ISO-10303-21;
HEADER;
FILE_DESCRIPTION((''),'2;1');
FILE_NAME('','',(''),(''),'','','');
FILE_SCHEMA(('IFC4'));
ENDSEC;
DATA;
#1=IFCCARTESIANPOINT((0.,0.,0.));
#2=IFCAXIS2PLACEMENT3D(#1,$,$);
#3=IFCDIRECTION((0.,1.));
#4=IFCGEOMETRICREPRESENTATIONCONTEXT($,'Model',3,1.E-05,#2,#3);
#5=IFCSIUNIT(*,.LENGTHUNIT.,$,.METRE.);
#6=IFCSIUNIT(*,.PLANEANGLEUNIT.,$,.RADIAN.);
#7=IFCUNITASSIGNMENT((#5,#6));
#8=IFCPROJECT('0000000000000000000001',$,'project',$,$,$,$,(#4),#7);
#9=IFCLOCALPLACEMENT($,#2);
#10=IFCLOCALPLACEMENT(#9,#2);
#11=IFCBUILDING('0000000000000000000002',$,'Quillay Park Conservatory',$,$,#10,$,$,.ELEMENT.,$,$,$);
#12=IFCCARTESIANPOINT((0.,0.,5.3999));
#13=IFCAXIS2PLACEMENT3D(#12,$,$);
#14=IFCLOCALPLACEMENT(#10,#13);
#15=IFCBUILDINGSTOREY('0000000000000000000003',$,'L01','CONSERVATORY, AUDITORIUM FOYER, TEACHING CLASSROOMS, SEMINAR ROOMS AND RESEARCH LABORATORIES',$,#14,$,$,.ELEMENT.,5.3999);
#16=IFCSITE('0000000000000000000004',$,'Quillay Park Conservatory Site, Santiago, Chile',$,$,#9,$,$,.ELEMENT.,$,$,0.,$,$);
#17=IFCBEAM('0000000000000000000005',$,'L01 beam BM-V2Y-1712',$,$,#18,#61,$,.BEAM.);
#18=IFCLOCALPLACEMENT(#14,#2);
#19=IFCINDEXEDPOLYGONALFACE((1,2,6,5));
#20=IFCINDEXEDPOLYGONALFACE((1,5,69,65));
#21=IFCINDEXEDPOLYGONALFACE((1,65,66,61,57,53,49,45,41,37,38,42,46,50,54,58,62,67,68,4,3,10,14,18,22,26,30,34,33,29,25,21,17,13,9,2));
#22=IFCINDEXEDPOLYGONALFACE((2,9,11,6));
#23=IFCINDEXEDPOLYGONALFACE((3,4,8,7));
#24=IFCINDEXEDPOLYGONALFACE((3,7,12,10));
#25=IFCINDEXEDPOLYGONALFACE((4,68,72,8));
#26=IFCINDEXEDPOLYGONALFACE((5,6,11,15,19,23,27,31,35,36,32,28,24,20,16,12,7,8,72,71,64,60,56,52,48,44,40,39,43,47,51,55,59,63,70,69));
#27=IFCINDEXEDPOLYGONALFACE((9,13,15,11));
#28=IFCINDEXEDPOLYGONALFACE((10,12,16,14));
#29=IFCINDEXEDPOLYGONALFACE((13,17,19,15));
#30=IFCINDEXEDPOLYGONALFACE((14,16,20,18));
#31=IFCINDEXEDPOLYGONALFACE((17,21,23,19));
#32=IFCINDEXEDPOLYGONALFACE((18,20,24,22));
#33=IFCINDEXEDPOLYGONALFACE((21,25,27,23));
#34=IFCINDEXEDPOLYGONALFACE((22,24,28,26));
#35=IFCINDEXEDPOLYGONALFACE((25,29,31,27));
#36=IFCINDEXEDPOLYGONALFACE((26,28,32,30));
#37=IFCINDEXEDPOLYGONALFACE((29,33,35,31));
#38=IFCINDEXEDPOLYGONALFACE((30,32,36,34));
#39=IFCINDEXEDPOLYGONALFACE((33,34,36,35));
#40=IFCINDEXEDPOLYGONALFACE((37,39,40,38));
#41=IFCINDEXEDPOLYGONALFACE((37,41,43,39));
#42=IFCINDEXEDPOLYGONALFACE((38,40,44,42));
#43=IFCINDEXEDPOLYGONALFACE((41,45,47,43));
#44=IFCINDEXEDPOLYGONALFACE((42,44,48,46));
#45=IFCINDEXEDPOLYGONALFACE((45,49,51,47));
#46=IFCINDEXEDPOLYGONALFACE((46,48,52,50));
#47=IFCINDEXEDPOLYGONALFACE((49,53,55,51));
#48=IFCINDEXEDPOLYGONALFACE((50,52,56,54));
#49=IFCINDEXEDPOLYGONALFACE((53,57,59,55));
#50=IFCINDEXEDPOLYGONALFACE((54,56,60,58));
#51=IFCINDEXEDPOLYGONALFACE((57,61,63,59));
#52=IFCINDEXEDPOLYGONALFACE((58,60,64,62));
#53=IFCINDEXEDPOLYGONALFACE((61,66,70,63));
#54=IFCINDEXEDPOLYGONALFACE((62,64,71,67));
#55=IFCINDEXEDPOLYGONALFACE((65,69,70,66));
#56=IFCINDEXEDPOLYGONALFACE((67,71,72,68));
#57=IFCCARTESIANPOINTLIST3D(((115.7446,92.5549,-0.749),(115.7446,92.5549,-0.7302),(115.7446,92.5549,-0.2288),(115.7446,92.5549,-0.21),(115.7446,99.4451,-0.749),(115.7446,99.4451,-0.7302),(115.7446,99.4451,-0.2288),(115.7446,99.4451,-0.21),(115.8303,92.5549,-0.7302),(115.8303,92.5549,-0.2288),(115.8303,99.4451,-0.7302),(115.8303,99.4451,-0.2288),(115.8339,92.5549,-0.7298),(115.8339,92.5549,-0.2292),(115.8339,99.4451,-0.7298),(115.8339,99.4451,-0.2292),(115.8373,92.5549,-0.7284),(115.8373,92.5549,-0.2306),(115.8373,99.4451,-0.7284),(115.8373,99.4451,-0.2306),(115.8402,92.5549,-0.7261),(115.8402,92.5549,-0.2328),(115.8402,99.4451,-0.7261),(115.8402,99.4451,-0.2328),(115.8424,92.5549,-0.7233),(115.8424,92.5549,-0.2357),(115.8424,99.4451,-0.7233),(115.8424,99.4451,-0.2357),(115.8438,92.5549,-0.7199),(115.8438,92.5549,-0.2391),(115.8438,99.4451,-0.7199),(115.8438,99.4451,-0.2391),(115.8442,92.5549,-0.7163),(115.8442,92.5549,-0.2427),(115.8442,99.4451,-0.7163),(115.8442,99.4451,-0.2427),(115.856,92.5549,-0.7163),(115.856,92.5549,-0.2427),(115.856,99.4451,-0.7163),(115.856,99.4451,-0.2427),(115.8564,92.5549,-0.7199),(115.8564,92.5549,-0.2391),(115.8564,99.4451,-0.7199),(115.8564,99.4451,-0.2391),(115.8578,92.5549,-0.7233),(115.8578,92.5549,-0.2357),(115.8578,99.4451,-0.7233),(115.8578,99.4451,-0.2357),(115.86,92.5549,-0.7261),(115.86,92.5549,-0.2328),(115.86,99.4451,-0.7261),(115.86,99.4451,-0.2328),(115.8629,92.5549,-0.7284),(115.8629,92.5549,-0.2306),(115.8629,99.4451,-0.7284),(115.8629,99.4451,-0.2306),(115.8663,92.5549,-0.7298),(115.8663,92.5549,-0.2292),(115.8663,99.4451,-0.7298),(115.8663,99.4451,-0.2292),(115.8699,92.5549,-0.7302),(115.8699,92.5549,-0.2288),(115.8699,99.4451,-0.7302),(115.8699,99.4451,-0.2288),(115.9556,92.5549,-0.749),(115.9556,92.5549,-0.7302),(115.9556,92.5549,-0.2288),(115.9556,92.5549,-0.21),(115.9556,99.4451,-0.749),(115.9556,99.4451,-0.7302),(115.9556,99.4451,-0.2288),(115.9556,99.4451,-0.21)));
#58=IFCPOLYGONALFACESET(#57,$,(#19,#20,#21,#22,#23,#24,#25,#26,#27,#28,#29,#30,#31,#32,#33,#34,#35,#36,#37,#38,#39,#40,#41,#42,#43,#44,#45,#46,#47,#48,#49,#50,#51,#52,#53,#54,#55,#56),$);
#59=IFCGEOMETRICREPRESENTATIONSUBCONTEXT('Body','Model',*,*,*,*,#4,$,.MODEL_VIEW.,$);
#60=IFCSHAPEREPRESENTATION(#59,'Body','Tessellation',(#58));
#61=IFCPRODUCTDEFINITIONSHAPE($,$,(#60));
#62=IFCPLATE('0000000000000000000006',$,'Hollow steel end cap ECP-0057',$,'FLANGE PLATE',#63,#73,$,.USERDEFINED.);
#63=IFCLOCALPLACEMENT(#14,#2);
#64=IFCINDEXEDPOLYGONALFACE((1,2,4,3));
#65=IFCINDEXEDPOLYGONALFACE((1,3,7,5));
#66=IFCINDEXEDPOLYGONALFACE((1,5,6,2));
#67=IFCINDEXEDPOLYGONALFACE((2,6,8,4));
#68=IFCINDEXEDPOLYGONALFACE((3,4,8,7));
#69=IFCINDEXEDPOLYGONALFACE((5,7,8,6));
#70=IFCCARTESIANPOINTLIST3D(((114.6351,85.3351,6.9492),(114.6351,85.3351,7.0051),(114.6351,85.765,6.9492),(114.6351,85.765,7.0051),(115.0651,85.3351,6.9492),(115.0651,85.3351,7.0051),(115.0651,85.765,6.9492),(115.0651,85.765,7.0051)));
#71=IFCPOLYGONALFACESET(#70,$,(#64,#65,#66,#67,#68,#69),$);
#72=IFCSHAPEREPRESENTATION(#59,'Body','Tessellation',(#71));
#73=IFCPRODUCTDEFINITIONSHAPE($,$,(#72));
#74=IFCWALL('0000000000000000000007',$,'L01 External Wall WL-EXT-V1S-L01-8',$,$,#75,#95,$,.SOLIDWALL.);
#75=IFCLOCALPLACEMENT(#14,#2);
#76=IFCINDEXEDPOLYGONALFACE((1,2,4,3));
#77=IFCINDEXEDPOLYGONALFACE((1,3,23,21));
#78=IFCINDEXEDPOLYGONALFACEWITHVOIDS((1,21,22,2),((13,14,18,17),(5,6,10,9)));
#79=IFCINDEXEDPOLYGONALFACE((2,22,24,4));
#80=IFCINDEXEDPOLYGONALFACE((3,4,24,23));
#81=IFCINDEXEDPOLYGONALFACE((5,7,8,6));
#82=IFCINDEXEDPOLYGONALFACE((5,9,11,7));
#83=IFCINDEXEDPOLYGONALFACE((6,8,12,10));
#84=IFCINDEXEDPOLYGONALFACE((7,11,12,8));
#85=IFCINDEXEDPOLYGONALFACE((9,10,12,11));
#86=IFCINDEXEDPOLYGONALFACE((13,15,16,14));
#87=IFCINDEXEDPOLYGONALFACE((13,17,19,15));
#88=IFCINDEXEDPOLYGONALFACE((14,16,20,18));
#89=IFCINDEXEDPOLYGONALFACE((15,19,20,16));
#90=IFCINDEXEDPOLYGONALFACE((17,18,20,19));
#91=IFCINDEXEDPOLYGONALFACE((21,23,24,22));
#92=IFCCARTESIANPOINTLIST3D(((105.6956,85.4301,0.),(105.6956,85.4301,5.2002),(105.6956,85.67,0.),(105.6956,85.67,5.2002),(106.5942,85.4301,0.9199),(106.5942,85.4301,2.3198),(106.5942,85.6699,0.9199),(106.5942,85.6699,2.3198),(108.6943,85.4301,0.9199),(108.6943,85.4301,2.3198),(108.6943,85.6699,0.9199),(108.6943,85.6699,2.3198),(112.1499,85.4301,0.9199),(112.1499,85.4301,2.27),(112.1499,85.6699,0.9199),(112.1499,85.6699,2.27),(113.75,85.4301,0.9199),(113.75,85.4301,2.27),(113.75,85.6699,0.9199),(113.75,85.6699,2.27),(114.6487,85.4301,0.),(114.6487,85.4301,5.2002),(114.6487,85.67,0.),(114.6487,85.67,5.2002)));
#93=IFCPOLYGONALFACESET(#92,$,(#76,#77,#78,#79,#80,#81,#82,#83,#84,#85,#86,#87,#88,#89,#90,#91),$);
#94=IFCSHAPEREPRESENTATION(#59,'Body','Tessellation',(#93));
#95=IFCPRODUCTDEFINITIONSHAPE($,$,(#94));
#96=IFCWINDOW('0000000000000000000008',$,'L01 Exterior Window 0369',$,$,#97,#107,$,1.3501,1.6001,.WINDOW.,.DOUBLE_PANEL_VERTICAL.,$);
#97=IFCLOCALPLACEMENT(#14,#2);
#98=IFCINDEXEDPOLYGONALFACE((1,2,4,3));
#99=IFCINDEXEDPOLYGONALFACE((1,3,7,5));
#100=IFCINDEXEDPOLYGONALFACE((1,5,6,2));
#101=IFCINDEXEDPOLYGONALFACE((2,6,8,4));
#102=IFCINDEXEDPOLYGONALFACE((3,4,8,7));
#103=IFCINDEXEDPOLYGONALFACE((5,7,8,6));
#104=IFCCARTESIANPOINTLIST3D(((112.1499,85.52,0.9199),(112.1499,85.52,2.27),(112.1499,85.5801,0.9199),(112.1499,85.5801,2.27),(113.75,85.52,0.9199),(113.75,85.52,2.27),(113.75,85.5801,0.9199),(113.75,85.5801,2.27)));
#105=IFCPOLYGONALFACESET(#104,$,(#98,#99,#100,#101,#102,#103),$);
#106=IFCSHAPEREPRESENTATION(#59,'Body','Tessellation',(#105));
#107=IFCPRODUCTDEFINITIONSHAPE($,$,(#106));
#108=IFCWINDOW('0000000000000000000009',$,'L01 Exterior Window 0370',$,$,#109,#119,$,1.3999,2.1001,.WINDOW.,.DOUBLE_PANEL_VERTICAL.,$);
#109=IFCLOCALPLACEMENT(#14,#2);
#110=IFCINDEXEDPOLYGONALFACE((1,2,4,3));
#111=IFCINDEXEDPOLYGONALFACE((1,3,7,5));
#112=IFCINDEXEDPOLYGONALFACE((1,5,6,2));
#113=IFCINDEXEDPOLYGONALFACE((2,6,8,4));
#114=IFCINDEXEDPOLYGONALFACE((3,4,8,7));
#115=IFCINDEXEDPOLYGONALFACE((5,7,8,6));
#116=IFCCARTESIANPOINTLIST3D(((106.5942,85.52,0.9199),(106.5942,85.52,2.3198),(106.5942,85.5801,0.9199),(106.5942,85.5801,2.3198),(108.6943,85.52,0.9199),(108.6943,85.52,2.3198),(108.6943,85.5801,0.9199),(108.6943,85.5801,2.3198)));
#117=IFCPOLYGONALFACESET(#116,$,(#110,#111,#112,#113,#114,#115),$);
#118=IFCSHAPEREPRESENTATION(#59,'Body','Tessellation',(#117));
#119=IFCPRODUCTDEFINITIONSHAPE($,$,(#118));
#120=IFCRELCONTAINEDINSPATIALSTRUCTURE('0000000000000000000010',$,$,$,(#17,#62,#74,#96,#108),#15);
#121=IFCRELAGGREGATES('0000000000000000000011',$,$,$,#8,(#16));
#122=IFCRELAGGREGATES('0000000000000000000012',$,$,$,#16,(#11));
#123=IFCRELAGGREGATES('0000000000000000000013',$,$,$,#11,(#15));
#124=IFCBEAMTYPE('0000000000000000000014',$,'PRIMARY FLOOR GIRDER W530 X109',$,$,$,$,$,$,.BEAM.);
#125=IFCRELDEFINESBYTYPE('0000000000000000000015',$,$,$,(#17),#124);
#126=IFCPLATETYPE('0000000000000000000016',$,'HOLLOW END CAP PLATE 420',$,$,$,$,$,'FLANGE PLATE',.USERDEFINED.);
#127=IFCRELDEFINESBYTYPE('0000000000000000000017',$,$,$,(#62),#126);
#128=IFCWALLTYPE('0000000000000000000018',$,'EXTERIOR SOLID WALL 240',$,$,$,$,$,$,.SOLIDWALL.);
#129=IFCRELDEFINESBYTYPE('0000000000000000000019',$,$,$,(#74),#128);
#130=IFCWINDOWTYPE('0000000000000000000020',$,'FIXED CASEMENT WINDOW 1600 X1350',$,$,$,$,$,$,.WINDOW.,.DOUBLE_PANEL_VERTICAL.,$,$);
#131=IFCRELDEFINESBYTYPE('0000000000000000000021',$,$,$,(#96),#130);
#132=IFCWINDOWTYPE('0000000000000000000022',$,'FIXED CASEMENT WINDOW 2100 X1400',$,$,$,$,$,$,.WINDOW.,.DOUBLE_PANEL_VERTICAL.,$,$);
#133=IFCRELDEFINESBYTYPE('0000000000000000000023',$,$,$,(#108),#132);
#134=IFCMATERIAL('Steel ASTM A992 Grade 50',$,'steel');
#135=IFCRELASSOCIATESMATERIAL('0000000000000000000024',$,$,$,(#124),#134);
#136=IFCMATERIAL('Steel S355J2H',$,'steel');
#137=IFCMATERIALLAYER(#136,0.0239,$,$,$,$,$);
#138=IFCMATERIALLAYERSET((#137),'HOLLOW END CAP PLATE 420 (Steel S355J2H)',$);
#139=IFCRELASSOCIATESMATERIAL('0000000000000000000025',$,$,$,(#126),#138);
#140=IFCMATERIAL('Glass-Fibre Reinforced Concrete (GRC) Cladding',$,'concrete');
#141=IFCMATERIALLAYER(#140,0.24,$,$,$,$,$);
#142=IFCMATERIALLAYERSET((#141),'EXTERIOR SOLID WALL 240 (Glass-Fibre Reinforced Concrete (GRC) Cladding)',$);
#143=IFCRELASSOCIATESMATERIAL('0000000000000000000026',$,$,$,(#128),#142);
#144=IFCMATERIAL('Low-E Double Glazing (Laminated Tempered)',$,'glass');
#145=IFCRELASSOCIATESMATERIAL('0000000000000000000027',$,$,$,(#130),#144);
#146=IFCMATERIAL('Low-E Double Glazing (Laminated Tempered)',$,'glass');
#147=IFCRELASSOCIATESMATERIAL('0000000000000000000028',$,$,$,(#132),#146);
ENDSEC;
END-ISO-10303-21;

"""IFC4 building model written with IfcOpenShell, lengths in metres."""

from ifc_helpers import new_model, si_unit, direction, frame, frame_2d, origin, origin_2d, place, context, subcontext, project, spatial, rectangle, i_section, extrude, material, layer, layer_set, material_profile, profile_set, type_object, element, fill, save


model = new_model("IFC4")

# Units and contexts
model_context = context("Model", 3, precision=1e-05, world=origin(), true_north=direction((0.0, 1.0)))
body_context = subcontext(model_context, "Body", "Model", "MODEL_VIEW")
ifc_project = project(units=[si_unit("LENGTHUNIT", "METRE"), si_unit("PLANEANGLEUNIT", "RADIAN")], contexts=[model_context])

# Site, building, storey
site_placement = place(None, origin())
site = spatial("IfcSite", under=ifc_project, at=site_placement, Name="Quillay Park Conservatory Site, Santiago, Chile", CompositionType="ELEMENT", RefElevation=0.0)
building_placement = place(site_placement, origin())
building = spatial("IfcBuilding", under=site, at=building_placement, Name="Quillay Park Conservatory", CompositionType="ELEMENT")
storey_placement = place(building_placement, frame((0.0, 0.0, 5.3999)))
storey = spatial("IfcBuildingStorey", under=building, at=storey_placement, Name="L01", Description="CONSERVATORY, AUDITORIUM FOYER, TEACHING CLASSROOMS, SEMINAR ROOMS AND RESEARCH LABORATORIES", CompositionType="ELEMENT", Elevation=5.3999)

# Beam
ifc_material_1 = material(Name="Steel ASTM A992 Grade 50", Category="steel")
ifc_material_profile_1 = material_profile(ifc_material_1, i_section(OverallWidth=0.2109, OverallDepth=0.5391, WebThickness=0.0117, FlangeThickness=0.0188, FilletRadius=0.0139, at=origin_2d()), Name="W530x109")
ifc_profile_set_1 = profile_set([ifc_material_profile_1], Name="Steel ASTM A992 Grade 50")
beam_type_1 = type_object("IfcBeamType", Name="PRIMARY FLOOR GIRDER W530 X109", PredefinedType="BEAM", material=ifc_profile_set_1)
beam_1_placement = place(storey_placement, frame((115.8501, 92.5549, -0.4795), z_axis=(0.0, 1.0, 0.0), x_axis=(-1.0, 0.0, 0.0)))
element("IfcBeam", 1, at=beam_1_placement, inside=storey, type_object=beam_type_1, Name="L01 beam BM-V2Y-1712", PredefinedType="BEAM", context=body_context, shape_type="SweptSolid", body=[
    extrude(i_section(OverallWidth=0.2109, OverallDepth=0.5391, WebThickness=0.0117, FlangeThickness=0.0188, FilletRadius=0.0139, at=origin_2d()), origin(), (0.0, 0.0, 1.0), 6.8901),
])

# Plate
ifc_material_2 = material(Name="Steel S355J2H", Category="steel")
ifc_layer_1 = layer(ifc_material_2, 0.0239)
ifc_layer_set_1 = layer_set([ifc_layer_1], Name="HOLLOW END CAP PLATE 420 (Steel S355J2H)")
plate_type = type_object("IfcPlateType", Name="HOLLOW END CAP PLATE 420", ElementType="FLANGE PLATE", PredefinedType="USERDEFINED", material=ifc_layer_set_1)
plate_placement = place(storey_placement, frame((114.8501, 85.55, 6.9492), z_axis=(0.0, 0.0, 1.0), x_axis=(1.0, 0.0, 0.0)))
element("IfcPlate", 2, at=plate_placement, inside=storey, type_object=plate_type, Name="Hollow steel end cap ECP-0057", ObjectType="FLANGE PLATE", PredefinedType="USERDEFINED", context=body_context, shape_type="SweptSolid", body=[
    extrude(rectangle(XDim=0.4299, YDim=0.4299, at=origin_2d()), origin(), (0.0, 0.0, 1.0), 0.0559),
])

# Wall, openings, windows
ifc_material_3 = material(Name="Glass-Fibre Reinforced Concrete (GRC) Cladding", Category="concrete")
ifc_layer_2 = layer(ifc_material_3, 0.24)
ifc_layer_set_2 = layer_set([ifc_layer_2], Name="EXTERIOR SOLID WALL 240 (Glass-Fibre Reinforced Concrete (GRC) Cladding)")
wall_type = type_object("IfcWallType", Name="EXTERIOR SOLID WALL 240", PredefinedType="SOLIDWALL", material=ifc_layer_set_2)
wall_1_placement = place(storey_placement, frame((114.6487, 85.55, 0.0), z_axis=(0.0, 0.0, 1.0), x_axis=(-1.0, 0.0, 0.0)))
wall_1 = element("IfcWall", 3, at=wall_1_placement, inside=storey, type_object=wall_type, Name="L01 External Wall WL-EXT-V1S-L01-8", PredefinedType="SOLIDWALL", context=body_context, shape_type="SweptSolid", body=[
    extrude(rectangle(XDim=8.9531, YDim=0.24, at=frame_2d((4.4766, 0.0))), origin(), (0.0, 0.0, 1.0), 5.2002),
])
opening_1_placement = place(wall_1_placement, frame((0.8987, 0.0, 0.9199)))
opening_1 = element("IfcOpeningElement", 4, at=opening_1_placement, cuts=wall_1, PredefinedType="OPENING", context=body_context, shape_type="SweptSolid", body=[
    extrude(rectangle(XDim=1.6001, YDim=1.3501, at=frame_2d((0.8, 0.675))), frame((0.0, 0.1201, 0.0), z_axis=(0.0, -1.0, 0.0), x_axis=(1.0, 0.0, 0.0)), (0.0, 0.0, 1.0), 0.24),
])
opening_2_placement = place(wall_1_placement, frame((5.9543, 0.0, 0.9199)))
opening_2 = element("IfcOpeningElement", 5, at=opening_2_placement, cuts=wall_1, PredefinedType="OPENING", context=body_context, shape_type="SweptSolid", body=[
    extrude(rectangle(XDim=2.1001, YDim=1.3999, at=frame_2d((1.05, 0.7))), frame((0.0, 0.1201, 0.0), z_axis=(0.0, -1.0, 0.0), x_axis=(1.0, 0.0, 0.0)), (0.0, 0.0, 1.0), 0.24),
])
ifc_material_4 = material(Name="Low-E Double Glazing (Laminated Tempered)", Category="glass")
window_type_1 = type_object("IfcWindowType", Name="FIXED CASEMENT WINDOW 1600 X1350", PartitioningType="DOUBLE_PANEL_VERTICAL", PredefinedType="WINDOW", material=ifc_material_4)
window_1_placement = place(opening_1_placement, origin())
window_1 = element("IfcWindow", 6, at=window_1_placement, inside=storey, type_object=window_type_1, Name="L01 Exterior Window 0369", OverallHeight=1.3501, OverallWidth=1.6001, PartitioningType="DOUBLE_PANEL_VERTICAL", PredefinedType="WINDOW", context=body_context, shape_type="SweptSolid", body=[
    extrude(rectangle(XDim=1.6001, YDim=1.3501, at=frame_2d((0.8, 0.675))), frame((0.0, 0.03, 0.0), z_axis=(0.0, -1.0, 0.0), x_axis=(1.0, 0.0, 0.0)), (0.0, 0.0, 1.0), 0.0601),
])
fill(opening_1, window_1)
ifc_material_5 = material(Name="Low-E Double Glazing (Laminated Tempered)", Category="glass")
window_type_2 = type_object("IfcWindowType", Name="FIXED CASEMENT WINDOW 2100 X1400", PartitioningType="DOUBLE_PANEL_VERTICAL", PredefinedType="WINDOW", material=ifc_material_5)
window_2_placement = place(opening_2_placement, origin())
window_2 = element("IfcWindow", 7, at=window_2_placement, inside=storey, type_object=window_type_2, Name="L01 Exterior Window 0370", OverallHeight=1.3999, OverallWidth=2.1001, PartitioningType="DOUBLE_PANEL_VERTICAL", PredefinedType="WINDOW", context=body_context, shape_type="SweptSolid", body=[
    extrude(rectangle(XDim=2.1001, YDim=1.3999, at=frame_2d((1.05, 0.7))), frame((0.0, 0.03, 0.0), z_axis=(0.0, -1.0, 0.0), x_axis=(1.0, 0.0, 0.0)), (0.0, 0.0, 1.0), 0.0601),
])
fill(opening_2, window_2)

save(model, "model.ifc")
